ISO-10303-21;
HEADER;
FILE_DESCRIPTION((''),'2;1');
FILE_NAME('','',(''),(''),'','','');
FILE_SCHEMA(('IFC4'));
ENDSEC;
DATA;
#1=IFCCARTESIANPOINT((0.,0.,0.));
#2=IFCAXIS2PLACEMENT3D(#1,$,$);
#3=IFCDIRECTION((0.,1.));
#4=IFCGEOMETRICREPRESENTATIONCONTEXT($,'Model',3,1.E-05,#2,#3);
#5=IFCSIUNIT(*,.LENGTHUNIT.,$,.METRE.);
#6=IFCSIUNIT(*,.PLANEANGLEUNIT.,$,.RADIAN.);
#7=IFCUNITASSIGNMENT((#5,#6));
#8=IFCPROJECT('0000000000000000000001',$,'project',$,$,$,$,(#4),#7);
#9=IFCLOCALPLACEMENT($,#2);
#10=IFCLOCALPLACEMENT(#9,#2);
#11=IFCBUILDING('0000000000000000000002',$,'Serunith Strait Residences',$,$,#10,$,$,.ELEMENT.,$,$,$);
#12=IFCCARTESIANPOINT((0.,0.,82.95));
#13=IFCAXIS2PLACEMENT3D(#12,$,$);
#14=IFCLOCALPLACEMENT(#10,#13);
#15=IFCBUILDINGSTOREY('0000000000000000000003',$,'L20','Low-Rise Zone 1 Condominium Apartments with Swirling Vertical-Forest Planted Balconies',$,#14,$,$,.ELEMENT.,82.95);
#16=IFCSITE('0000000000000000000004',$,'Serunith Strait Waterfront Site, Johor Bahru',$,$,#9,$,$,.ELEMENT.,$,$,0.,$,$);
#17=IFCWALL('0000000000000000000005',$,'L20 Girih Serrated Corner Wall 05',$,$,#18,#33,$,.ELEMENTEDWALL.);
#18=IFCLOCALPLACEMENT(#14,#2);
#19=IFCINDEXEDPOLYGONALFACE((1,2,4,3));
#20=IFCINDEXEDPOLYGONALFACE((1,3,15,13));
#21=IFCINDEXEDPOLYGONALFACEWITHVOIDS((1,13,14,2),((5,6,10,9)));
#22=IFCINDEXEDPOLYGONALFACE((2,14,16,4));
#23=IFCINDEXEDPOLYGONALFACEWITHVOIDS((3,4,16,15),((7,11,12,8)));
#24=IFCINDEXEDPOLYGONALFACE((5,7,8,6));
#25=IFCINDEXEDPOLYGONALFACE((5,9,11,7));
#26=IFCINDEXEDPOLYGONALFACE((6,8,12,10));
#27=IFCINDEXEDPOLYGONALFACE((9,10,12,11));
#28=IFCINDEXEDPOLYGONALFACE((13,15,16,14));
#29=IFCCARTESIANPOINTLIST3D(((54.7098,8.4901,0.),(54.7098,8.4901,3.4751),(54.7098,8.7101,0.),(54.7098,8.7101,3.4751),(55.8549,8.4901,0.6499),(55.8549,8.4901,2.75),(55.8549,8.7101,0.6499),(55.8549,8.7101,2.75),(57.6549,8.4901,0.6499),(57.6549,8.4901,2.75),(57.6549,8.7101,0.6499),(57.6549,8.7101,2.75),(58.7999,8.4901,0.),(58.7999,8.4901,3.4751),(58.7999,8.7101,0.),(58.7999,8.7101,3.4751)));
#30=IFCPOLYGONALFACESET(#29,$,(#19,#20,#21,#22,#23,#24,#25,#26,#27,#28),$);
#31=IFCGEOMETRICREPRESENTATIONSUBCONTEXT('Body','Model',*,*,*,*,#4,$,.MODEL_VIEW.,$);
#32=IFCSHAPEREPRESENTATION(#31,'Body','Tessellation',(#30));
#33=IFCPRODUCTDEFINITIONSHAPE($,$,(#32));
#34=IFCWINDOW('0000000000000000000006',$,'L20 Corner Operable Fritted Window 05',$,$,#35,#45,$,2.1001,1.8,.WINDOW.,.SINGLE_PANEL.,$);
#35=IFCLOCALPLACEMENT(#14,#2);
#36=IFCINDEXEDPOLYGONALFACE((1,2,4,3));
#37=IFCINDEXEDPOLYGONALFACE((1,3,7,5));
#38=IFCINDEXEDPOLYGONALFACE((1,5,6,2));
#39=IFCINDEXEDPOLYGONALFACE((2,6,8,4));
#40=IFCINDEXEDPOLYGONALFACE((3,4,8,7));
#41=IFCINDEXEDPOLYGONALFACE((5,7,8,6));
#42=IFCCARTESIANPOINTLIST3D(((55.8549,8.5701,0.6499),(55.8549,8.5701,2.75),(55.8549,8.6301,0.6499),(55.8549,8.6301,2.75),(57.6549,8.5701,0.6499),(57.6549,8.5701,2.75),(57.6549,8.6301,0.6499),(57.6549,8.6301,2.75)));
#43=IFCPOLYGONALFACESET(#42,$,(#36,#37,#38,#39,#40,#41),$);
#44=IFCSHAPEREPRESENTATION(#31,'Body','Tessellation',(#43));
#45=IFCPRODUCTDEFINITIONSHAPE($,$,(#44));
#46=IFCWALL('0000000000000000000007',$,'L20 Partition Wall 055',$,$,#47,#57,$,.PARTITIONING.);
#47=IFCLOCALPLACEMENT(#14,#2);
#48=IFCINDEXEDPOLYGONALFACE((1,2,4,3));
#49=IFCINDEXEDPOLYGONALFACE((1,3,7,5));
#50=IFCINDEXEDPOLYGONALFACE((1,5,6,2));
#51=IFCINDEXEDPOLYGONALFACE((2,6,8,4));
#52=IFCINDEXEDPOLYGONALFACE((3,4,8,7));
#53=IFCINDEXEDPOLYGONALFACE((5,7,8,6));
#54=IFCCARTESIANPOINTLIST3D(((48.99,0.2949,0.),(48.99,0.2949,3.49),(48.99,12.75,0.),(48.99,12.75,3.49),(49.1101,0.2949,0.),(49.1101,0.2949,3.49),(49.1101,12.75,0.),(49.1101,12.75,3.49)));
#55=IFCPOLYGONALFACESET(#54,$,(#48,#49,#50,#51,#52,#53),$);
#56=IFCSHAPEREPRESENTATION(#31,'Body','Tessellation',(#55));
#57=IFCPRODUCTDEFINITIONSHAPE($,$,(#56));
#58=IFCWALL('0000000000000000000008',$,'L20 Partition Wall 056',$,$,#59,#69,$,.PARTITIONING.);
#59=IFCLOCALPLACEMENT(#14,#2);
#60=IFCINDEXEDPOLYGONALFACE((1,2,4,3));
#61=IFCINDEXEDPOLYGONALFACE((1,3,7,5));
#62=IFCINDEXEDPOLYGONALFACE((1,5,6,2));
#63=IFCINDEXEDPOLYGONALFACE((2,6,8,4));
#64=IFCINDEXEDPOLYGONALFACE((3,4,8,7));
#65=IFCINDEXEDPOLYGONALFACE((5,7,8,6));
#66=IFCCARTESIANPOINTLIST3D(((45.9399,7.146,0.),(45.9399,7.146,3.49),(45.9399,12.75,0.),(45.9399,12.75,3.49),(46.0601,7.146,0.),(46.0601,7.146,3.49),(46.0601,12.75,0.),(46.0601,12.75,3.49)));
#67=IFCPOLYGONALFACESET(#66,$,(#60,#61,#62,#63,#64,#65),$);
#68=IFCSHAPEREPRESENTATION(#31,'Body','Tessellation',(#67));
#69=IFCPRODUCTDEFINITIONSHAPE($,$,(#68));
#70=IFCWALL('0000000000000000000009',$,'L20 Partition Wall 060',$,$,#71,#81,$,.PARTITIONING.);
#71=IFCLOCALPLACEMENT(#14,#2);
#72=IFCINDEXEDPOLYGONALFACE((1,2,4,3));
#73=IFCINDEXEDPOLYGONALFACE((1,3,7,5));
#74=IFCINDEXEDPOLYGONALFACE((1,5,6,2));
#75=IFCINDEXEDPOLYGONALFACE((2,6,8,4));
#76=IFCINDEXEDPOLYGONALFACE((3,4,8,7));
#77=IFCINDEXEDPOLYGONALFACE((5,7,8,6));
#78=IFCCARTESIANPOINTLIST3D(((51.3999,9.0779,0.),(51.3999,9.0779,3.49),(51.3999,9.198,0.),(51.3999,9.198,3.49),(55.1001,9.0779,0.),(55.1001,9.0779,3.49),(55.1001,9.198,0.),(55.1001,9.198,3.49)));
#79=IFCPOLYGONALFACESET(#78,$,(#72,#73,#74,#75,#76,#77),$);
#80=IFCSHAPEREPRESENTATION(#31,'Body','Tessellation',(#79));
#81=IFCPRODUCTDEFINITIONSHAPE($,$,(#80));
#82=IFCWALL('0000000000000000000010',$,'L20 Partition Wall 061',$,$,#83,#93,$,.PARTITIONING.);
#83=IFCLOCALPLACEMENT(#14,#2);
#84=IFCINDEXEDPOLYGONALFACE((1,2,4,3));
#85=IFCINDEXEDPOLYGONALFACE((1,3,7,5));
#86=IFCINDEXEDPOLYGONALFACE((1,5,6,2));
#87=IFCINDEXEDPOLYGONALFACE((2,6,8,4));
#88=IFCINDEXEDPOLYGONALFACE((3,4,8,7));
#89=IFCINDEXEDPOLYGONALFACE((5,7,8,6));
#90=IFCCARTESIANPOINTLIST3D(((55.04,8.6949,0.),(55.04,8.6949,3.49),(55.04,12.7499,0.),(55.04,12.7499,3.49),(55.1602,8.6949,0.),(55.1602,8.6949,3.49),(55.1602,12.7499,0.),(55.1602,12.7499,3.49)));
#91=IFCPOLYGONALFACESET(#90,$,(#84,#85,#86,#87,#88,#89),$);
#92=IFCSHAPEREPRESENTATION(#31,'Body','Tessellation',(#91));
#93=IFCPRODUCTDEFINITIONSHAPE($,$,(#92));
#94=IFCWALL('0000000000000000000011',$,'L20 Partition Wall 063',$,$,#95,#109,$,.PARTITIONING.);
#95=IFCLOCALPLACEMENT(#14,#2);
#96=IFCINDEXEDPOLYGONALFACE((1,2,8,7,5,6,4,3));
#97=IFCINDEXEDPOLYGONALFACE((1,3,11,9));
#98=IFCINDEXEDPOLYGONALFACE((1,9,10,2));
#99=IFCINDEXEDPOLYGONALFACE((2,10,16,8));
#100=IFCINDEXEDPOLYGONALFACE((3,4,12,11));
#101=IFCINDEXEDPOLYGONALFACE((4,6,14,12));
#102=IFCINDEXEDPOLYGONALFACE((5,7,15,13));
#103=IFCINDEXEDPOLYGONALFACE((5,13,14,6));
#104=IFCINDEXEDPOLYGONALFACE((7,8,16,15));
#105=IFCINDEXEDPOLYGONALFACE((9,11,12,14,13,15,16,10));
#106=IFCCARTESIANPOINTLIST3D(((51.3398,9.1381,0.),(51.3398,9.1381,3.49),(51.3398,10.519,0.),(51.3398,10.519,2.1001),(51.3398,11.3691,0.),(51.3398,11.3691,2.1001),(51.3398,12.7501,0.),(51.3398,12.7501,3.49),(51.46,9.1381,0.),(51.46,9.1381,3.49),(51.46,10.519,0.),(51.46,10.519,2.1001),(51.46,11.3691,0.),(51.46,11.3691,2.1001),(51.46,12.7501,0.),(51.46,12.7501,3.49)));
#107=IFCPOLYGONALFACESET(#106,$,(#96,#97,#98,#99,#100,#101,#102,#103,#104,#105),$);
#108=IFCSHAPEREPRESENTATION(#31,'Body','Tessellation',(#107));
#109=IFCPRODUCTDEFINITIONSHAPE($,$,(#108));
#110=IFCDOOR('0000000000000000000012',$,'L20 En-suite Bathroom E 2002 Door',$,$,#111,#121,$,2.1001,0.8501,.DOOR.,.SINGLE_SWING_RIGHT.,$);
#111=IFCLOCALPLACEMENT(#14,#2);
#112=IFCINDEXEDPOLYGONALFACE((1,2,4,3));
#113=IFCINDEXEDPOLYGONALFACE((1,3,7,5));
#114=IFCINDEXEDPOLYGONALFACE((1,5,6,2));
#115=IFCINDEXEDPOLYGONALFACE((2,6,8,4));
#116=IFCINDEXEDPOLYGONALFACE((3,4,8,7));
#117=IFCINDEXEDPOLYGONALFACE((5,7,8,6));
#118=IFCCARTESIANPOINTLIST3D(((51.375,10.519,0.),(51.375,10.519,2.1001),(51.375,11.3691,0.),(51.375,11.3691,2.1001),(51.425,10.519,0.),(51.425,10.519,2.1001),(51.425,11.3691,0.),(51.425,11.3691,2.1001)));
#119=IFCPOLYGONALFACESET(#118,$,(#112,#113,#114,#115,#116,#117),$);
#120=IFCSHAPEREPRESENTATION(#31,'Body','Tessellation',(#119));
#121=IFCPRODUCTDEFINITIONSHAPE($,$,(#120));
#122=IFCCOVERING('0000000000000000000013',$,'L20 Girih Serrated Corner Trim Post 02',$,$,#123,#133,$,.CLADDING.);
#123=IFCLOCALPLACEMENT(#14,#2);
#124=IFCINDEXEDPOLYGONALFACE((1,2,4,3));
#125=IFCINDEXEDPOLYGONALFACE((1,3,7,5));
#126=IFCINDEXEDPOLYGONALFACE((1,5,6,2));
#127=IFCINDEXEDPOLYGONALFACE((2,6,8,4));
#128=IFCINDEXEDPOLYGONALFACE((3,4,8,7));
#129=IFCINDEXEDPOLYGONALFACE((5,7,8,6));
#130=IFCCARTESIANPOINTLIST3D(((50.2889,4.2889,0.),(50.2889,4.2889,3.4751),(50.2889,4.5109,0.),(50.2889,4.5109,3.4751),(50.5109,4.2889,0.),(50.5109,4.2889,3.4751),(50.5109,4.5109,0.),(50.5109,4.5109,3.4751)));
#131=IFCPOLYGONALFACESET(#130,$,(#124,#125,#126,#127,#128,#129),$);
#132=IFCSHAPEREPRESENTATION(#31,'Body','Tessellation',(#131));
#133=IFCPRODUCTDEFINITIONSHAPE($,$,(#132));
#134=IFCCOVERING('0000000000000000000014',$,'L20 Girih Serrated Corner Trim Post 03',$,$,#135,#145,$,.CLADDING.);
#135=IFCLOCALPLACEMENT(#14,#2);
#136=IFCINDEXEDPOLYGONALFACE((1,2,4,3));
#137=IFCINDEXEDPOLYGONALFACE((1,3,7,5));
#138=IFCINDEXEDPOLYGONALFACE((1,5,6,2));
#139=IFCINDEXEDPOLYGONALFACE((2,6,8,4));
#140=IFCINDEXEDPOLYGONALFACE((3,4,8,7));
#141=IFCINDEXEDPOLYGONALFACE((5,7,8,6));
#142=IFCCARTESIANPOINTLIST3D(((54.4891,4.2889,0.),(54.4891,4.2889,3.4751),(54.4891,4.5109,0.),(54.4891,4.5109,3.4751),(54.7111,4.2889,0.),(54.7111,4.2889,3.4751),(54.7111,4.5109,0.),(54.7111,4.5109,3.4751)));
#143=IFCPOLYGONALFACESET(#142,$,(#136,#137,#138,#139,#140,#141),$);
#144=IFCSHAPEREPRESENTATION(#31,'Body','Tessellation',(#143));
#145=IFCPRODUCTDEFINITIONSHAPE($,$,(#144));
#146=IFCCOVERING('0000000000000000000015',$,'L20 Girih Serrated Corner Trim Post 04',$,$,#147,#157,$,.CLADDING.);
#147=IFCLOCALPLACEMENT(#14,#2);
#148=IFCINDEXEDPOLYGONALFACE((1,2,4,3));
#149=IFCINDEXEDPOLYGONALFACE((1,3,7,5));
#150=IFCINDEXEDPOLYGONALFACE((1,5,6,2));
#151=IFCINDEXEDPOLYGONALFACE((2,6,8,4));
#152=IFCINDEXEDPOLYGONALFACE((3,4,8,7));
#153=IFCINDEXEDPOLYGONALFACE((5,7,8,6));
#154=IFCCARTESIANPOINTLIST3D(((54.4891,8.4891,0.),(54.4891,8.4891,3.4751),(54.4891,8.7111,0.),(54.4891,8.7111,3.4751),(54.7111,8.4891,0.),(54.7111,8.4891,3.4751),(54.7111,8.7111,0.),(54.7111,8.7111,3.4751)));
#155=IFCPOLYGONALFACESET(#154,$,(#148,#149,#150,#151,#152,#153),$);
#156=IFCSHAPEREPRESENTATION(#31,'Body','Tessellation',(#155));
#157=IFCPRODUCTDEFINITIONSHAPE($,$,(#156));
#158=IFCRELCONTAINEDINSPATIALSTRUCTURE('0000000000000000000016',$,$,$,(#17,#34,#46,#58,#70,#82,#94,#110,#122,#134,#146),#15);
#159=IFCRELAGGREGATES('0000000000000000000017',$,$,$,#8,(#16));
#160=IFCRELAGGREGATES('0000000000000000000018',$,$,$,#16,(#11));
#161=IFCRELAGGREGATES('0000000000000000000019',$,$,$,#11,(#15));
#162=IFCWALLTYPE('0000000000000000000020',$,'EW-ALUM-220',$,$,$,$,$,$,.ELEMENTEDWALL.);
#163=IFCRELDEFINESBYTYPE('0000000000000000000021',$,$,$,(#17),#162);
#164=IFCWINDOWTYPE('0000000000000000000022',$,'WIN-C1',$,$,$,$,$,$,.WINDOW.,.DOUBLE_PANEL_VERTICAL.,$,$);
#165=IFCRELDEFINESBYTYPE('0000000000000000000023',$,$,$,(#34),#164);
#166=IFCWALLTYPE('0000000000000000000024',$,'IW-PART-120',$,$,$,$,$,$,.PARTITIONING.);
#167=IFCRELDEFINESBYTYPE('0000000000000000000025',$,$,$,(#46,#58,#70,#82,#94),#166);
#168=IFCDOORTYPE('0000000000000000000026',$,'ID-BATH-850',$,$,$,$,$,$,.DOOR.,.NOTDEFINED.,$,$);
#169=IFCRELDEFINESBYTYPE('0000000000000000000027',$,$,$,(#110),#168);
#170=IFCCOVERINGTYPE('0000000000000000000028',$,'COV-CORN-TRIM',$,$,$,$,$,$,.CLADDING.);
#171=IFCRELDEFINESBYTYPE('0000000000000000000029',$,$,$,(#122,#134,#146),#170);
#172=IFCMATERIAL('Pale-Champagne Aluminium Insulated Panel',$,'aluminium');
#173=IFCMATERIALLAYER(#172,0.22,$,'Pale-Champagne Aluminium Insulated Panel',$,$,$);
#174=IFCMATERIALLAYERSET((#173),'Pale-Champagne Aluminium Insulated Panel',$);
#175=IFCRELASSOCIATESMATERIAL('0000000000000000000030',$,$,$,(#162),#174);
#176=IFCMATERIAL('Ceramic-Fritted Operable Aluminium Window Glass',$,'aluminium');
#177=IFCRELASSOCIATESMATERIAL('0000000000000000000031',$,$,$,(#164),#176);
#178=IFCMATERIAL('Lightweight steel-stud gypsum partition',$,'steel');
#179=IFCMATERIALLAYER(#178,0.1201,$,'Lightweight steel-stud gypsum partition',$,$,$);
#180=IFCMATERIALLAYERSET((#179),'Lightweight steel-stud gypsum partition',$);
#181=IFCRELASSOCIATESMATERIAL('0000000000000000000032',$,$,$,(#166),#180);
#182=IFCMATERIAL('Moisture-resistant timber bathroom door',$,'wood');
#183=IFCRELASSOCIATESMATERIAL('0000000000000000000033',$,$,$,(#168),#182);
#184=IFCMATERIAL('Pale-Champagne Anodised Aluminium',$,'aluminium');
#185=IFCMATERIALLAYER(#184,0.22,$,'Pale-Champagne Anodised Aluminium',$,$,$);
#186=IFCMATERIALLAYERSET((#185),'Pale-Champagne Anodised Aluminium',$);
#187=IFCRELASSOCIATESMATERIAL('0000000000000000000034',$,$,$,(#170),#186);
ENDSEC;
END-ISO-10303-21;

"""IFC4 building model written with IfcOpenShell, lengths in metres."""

from ifc_helpers import new_model, si_unit, direction, frame, frame_2d, origin, origin_2d, place, context, subcontext, project, spatial, rectangle, extrude, source, transform, mapped, material, layer, layer_set, type_object, element, fill, save


model = new_model("IFC4")

# Units and contexts
model_context = context("Model", 3, precision=1e-05, world=origin(), true_north=direction((0.0, 1.0)))
body_context = subcontext(model_context, "Body", "Model", "MODEL_VIEW")
ifc_project = project(units=[si_unit("LENGTHUNIT", "METRE"), si_unit("PLANEANGLEUNIT", "RADIAN")], contexts=[model_context])

# Site, building, storey
site_placement = place(None, origin())
site = spatial("IfcSite", under=ifc_project, at=site_placement, Name="Serunith Strait Waterfront Site, Johor Bahru", CompositionType="ELEMENT", RefElevation=0.0)
building_placement = place(site_placement, origin())
building = spatial("IfcBuilding", under=site, at=building_placement, Name="Serunith Strait Residences", CompositionType="ELEMENT")
storey_placement = place(building_placement, frame((0.0, 0.0, 82.95)))
storey = spatial("IfcBuildingStorey", under=building, at=storey_placement, Name="L20", Description="Low-Rise Zone 1 Condominium Apartments with Swirling Vertical-Forest Planted Balconies", CompositionType="ELEMENT", Elevation=82.95)

# Shared definitions
ifc_material_1 = material(Name="Pale-Champagne Anodised Aluminium", Category="aluminium")

# Wall, opening, window
ifc_material_2 = material(Name="Pale-Champagne Aluminium Insulated Panel", Category="aluminium")
ifc_layer_1 = layer(ifc_material_2, 0.22, Name="Pale-Champagne Aluminium Insulated Panel")
ifc_layer_set_1 = layer_set([ifc_layer_1], Name="Pale-Champagne Aluminium Insulated Panel")
wall_type_1 = type_object("IfcWallType", Name="EW-ALUM-220", PredefinedType="ELEMENTEDWALL", material=ifc_layer_set_1)
ifc_material_3 = material(Name="Ceramic-Fritted Operable Aluminium Window Glass", Category="aluminium")
window_type = type_object("IfcWindowType", Name="WIN-C1", PartitioningType="DOUBLE_PANEL_VERTICAL", PredefinedType="WINDOW", material=ifc_material_3)
shared_shape_1 = source(origin(), body_context, "Body", "SweptSolid", [
    extrude(rectangle(XDim=1.8, YDim=2.1001, at=frame_2d((0.8999, 1.05))), frame((0.0, 0.03, 0.0), z_axis=(0.0, -1.0, 0.0), x_axis=(1.0, 0.0, 0.0)), (0.0, 0.0, 1.0), 0.0601),
])
wall_1_placement = place(storey_placement, frame((54.71, 8.6001, 0.0), z_axis=(0.0, 0.0, 1.0), x_axis=(1.0, 0.0, 0.0)))
wall_1 = element("IfcWall", 1, at=wall_1_placement, inside=storey, type_object=wall_type_1, Name="L20 Girih Serrated Corner Wall 05", PredefinedType="ELEMENTEDWALL", context=body_context, shape_type="SweptSolid", body=[
    extrude(rectangle(XDim=4.0901, YDim=0.22, at=frame_2d((2.0449, 0.0))), origin(), (0.0, 0.0, 1.0), 3.4751),
])
opening_1_placement = place(wall_1_placement, frame((1.145, 0.0, 0.6499)))
opening_1 = element("IfcOpeningElement", 2, at=opening_1_placement, cuts=wall_1, PredefinedType="OPENING", context=body_context, shape_type="SweptSolid", body=[
    extrude(rectangle(XDim=1.8, YDim=2.1001, at=frame_2d((0.8999, 1.05))), frame((0.0, 0.1201, 0.0), z_axis=(0.0, -1.0, 0.0), x_axis=(1.0, 0.0, 0.0)), (0.0, 0.0, 1.0), 0.24),
])
window_1_placement = place(opening_1_placement, origin())
window_1 = element("IfcWindow", 3, at=window_1_placement, inside=storey, type_object=window_type, Name="L20 Corner Operable Fritted Window 05", OverallHeight=2.1001, OverallWidth=1.8, PartitioningType="SINGLE_PANEL", PredefinedType="WINDOW", context=body_context, shape_type="MappedRepresentation", body=[
    mapped(shared_shape_1, transform((0.0, 0.0, 0.0), scale=1.0)),
])
fill(opening_1, window_1)

# Walls
ifc_material_4 = material(Name="Lightweight steel-stud gypsum partition", Category="steel")
ifc_layer_2 = layer(ifc_material_4, 0.1201, Name="Lightweight steel-stud gypsum partition")
ifc_layer_set_2 = layer_set([ifc_layer_2], Name="Lightweight steel-stud gypsum partition")
wall_type_2 = type_object("IfcWallType", Name="IW-PART-120", PredefinedType="PARTITIONING", material=ifc_layer_set_2)
wall_2_placement = place(storey_placement, frame((49.05, 0.2949, 0.0), z_axis=(0.0, 0.0, 1.0), x_axis=(0.0, 1.0, 0.0)))
element("IfcWall", 4, at=wall_2_placement, inside=storey, type_object=wall_type_2, Name="L20 Partition Wall 055", PredefinedType="PARTITIONING", context=body_context, shape_type="SweptSolid", body=[
    extrude(rectangle(XDim=12.4551, YDim=0.1201, at=frame_2d((6.2275, 0.0))), origin(), (0.0, 0.0, 1.0), 3.49),
])
wall_3_placement = place(storey_placement, frame((46.0, 7.146, 0.0), z_axis=(0.0, 0.0, 1.0), x_axis=(0.0, 1.0, 0.0)))
element("IfcWall", 5, at=wall_3_placement, inside=storey, type_object=wall_type_2, Name="L20 Partition Wall 056", PredefinedType="PARTITIONING", context=body_context, shape_type="SweptSolid", body=[
    extrude(rectangle(XDim=5.604, YDim=0.1201, at=frame_2d((2.802, 0.0))), origin(), (0.0, 0.0, 1.0), 3.49),
])
wall_4_placement = place(storey_placement, frame((51.3999, 9.1379, 0.0), z_axis=(0.0, 0.0, 1.0), x_axis=(1.0, 0.0, 0.0)))
element("IfcWall", 6, at=wall_4_placement, inside=storey, type_object=wall_type_2, Name="L20 Partition Wall 060", PredefinedType="PARTITIONING", context=body_context, shape_type="SweptSolid", body=[
    extrude(rectangle(XDim=3.7002, YDim=0.1201, at=frame_2d((1.8501, 0.0))), origin(), (0.0, 0.0, 1.0), 3.49),
])
wall_5_placement = place(storey_placement, frame((55.1001, 8.6951, 0.0), z_axis=(0.0, 0.0, 1.0), x_axis=(0.0, 1.0, 0.0)))
element("IfcWall", 7, at=wall_5_placement, inside=storey, type_object=wall_type_2, Name="L20 Partition Wall 061", PredefinedType="PARTITIONING", context=body_context, shape_type="SweptSolid", body=[
    extrude(rectangle(XDim=4.0549, YDim=0.1201, at=frame_2d((2.0273, 0.0))), origin(), (0.0, 0.0, 1.0), 3.49),
])

# Wall, opening, door
wall_6_placement = place(storey_placement, frame((51.3999, 9.1379, 0.0), z_axis=(0.0, 0.0, 1.0), x_axis=(0.0, 1.0, 0.0)))
wall_6 = element("IfcWall", 8, at=wall_6_placement, inside=storey, type_object=wall_type_2, Name="L20 Partition Wall 063", PredefinedType="PARTITIONING", context=body_context, shape_type="SweptSolid", body=[
    extrude(rectangle(XDim=3.6121, YDim=0.1201, at=frame_2d((1.8062, 0.0))), origin(), (0.0, 0.0, 1.0), 3.49),
])
opening_2_placement = place(wall_6_placement, frame((1.3811, 0.0, 0.0)))
opening_2 = element("IfcOpeningElement", 9, at=opening_2_placement, cuts=wall_6, PredefinedType="OPENING", context=body_context, shape_type="SweptSolid", body=[
    extrude(rectangle(XDim=0.8501, YDim=2.1001, at=frame_2d((0.425, 1.05))), frame((0.0, 0.0701, 0.0), z_axis=(0.0, -1.0, 0.0), x_axis=(1.0, 0.0, 0.0)), (0.0, 0.0, 1.0), 0.1401),
])
ifc_material_5 = material(Name="Moisture-resistant timber bathroom door", Category="wood")
door_type = type_object("IfcDoorType", Name="ID-BATH-850", OperationType="NOTDEFINED", PredefinedType="DOOR", material=ifc_material_5)
shared_shape_2 = source(origin(), body_context, "Body", "SweptSolid", [
    extrude(rectangle(XDim=0.8501, YDim=2.1001, at=frame_2d((0.425, 1.05))), frame((0.0, 0.0249, 0.0), z_axis=(0.0, -1.0, 0.0), x_axis=(1.0, 0.0, 0.0)), (0.0, 0.0, 1.0), 0.05),
])
door_placement = place(opening_2_placement, origin())
door = element("IfcDoor", 10, at=door_placement, inside=storey, type_object=door_type, Name="L20 En-suite Bathroom E 2002 Door", OperationType="SINGLE_SWING_RIGHT", OverallHeight=2.1001, OverallWidth=0.8501, PredefinedType="DOOR", context=body_context, shape_type="MappedRepresentation", body=[
    mapped(shared_shape_2, transform((0.0, 0.0, 0.0), scale=1.0)),
])
fill(opening_2, door)

# Coverings
ifc_layer_3 = layer(ifc_material_1, 0.22, Name="Pale-Champagne Anodised Aluminium")
ifc_layer_set_3 = layer_set([ifc_layer_3], Name="Pale-Champagne Anodised Aluminium")
covering_type = type_object("IfcCoveringType", Name="COV-CORN-TRIM", PredefinedType="CLADDING", material=ifc_layer_set_3)
shared_shape_3 = source(origin(), body_context, "Body", "SweptSolid", [
    extrude(rectangle(XDim=0.2219, YDim=0.2219, at=origin_2d()), origin(), (0.0, 0.0, 1.0), 3.4751),
])
for number, where, z_axis, x_axis, name in (
    (11, (50.3999, 4.3999, 0.0), (0.0, 0.0, 1.0), (1.0, 0.0, 0.0), "L20 Girih Serrated Corner Trim Post 02"),
    (12, (54.6001, 4.3999, 0.0), (0.0, 0.0, 1.0), (1.0, 0.0, 0.0), "L20 Girih Serrated Corner Trim Post 03"),
    (13, (54.6001, 8.6001, 0.0), (0.0, 0.0, 1.0), (1.0, 0.0, 0.0), "L20 Girih Serrated Corner Trim Post 04"),
):
    element("IfcCovering", number, at=place(storey_placement, frame(where, z_axis=z_axis, x_axis=x_axis)), inside=storey, type_object=covering_type, Name=name, PredefinedType="CLADDING", context=body_context, shape_type="MappedRepresentation", body=[
        mapped(shared_shape_3, transform((0.0, 0.0, 0.0), scale=1.0)),
    ])

save(model, "model.ifc")
